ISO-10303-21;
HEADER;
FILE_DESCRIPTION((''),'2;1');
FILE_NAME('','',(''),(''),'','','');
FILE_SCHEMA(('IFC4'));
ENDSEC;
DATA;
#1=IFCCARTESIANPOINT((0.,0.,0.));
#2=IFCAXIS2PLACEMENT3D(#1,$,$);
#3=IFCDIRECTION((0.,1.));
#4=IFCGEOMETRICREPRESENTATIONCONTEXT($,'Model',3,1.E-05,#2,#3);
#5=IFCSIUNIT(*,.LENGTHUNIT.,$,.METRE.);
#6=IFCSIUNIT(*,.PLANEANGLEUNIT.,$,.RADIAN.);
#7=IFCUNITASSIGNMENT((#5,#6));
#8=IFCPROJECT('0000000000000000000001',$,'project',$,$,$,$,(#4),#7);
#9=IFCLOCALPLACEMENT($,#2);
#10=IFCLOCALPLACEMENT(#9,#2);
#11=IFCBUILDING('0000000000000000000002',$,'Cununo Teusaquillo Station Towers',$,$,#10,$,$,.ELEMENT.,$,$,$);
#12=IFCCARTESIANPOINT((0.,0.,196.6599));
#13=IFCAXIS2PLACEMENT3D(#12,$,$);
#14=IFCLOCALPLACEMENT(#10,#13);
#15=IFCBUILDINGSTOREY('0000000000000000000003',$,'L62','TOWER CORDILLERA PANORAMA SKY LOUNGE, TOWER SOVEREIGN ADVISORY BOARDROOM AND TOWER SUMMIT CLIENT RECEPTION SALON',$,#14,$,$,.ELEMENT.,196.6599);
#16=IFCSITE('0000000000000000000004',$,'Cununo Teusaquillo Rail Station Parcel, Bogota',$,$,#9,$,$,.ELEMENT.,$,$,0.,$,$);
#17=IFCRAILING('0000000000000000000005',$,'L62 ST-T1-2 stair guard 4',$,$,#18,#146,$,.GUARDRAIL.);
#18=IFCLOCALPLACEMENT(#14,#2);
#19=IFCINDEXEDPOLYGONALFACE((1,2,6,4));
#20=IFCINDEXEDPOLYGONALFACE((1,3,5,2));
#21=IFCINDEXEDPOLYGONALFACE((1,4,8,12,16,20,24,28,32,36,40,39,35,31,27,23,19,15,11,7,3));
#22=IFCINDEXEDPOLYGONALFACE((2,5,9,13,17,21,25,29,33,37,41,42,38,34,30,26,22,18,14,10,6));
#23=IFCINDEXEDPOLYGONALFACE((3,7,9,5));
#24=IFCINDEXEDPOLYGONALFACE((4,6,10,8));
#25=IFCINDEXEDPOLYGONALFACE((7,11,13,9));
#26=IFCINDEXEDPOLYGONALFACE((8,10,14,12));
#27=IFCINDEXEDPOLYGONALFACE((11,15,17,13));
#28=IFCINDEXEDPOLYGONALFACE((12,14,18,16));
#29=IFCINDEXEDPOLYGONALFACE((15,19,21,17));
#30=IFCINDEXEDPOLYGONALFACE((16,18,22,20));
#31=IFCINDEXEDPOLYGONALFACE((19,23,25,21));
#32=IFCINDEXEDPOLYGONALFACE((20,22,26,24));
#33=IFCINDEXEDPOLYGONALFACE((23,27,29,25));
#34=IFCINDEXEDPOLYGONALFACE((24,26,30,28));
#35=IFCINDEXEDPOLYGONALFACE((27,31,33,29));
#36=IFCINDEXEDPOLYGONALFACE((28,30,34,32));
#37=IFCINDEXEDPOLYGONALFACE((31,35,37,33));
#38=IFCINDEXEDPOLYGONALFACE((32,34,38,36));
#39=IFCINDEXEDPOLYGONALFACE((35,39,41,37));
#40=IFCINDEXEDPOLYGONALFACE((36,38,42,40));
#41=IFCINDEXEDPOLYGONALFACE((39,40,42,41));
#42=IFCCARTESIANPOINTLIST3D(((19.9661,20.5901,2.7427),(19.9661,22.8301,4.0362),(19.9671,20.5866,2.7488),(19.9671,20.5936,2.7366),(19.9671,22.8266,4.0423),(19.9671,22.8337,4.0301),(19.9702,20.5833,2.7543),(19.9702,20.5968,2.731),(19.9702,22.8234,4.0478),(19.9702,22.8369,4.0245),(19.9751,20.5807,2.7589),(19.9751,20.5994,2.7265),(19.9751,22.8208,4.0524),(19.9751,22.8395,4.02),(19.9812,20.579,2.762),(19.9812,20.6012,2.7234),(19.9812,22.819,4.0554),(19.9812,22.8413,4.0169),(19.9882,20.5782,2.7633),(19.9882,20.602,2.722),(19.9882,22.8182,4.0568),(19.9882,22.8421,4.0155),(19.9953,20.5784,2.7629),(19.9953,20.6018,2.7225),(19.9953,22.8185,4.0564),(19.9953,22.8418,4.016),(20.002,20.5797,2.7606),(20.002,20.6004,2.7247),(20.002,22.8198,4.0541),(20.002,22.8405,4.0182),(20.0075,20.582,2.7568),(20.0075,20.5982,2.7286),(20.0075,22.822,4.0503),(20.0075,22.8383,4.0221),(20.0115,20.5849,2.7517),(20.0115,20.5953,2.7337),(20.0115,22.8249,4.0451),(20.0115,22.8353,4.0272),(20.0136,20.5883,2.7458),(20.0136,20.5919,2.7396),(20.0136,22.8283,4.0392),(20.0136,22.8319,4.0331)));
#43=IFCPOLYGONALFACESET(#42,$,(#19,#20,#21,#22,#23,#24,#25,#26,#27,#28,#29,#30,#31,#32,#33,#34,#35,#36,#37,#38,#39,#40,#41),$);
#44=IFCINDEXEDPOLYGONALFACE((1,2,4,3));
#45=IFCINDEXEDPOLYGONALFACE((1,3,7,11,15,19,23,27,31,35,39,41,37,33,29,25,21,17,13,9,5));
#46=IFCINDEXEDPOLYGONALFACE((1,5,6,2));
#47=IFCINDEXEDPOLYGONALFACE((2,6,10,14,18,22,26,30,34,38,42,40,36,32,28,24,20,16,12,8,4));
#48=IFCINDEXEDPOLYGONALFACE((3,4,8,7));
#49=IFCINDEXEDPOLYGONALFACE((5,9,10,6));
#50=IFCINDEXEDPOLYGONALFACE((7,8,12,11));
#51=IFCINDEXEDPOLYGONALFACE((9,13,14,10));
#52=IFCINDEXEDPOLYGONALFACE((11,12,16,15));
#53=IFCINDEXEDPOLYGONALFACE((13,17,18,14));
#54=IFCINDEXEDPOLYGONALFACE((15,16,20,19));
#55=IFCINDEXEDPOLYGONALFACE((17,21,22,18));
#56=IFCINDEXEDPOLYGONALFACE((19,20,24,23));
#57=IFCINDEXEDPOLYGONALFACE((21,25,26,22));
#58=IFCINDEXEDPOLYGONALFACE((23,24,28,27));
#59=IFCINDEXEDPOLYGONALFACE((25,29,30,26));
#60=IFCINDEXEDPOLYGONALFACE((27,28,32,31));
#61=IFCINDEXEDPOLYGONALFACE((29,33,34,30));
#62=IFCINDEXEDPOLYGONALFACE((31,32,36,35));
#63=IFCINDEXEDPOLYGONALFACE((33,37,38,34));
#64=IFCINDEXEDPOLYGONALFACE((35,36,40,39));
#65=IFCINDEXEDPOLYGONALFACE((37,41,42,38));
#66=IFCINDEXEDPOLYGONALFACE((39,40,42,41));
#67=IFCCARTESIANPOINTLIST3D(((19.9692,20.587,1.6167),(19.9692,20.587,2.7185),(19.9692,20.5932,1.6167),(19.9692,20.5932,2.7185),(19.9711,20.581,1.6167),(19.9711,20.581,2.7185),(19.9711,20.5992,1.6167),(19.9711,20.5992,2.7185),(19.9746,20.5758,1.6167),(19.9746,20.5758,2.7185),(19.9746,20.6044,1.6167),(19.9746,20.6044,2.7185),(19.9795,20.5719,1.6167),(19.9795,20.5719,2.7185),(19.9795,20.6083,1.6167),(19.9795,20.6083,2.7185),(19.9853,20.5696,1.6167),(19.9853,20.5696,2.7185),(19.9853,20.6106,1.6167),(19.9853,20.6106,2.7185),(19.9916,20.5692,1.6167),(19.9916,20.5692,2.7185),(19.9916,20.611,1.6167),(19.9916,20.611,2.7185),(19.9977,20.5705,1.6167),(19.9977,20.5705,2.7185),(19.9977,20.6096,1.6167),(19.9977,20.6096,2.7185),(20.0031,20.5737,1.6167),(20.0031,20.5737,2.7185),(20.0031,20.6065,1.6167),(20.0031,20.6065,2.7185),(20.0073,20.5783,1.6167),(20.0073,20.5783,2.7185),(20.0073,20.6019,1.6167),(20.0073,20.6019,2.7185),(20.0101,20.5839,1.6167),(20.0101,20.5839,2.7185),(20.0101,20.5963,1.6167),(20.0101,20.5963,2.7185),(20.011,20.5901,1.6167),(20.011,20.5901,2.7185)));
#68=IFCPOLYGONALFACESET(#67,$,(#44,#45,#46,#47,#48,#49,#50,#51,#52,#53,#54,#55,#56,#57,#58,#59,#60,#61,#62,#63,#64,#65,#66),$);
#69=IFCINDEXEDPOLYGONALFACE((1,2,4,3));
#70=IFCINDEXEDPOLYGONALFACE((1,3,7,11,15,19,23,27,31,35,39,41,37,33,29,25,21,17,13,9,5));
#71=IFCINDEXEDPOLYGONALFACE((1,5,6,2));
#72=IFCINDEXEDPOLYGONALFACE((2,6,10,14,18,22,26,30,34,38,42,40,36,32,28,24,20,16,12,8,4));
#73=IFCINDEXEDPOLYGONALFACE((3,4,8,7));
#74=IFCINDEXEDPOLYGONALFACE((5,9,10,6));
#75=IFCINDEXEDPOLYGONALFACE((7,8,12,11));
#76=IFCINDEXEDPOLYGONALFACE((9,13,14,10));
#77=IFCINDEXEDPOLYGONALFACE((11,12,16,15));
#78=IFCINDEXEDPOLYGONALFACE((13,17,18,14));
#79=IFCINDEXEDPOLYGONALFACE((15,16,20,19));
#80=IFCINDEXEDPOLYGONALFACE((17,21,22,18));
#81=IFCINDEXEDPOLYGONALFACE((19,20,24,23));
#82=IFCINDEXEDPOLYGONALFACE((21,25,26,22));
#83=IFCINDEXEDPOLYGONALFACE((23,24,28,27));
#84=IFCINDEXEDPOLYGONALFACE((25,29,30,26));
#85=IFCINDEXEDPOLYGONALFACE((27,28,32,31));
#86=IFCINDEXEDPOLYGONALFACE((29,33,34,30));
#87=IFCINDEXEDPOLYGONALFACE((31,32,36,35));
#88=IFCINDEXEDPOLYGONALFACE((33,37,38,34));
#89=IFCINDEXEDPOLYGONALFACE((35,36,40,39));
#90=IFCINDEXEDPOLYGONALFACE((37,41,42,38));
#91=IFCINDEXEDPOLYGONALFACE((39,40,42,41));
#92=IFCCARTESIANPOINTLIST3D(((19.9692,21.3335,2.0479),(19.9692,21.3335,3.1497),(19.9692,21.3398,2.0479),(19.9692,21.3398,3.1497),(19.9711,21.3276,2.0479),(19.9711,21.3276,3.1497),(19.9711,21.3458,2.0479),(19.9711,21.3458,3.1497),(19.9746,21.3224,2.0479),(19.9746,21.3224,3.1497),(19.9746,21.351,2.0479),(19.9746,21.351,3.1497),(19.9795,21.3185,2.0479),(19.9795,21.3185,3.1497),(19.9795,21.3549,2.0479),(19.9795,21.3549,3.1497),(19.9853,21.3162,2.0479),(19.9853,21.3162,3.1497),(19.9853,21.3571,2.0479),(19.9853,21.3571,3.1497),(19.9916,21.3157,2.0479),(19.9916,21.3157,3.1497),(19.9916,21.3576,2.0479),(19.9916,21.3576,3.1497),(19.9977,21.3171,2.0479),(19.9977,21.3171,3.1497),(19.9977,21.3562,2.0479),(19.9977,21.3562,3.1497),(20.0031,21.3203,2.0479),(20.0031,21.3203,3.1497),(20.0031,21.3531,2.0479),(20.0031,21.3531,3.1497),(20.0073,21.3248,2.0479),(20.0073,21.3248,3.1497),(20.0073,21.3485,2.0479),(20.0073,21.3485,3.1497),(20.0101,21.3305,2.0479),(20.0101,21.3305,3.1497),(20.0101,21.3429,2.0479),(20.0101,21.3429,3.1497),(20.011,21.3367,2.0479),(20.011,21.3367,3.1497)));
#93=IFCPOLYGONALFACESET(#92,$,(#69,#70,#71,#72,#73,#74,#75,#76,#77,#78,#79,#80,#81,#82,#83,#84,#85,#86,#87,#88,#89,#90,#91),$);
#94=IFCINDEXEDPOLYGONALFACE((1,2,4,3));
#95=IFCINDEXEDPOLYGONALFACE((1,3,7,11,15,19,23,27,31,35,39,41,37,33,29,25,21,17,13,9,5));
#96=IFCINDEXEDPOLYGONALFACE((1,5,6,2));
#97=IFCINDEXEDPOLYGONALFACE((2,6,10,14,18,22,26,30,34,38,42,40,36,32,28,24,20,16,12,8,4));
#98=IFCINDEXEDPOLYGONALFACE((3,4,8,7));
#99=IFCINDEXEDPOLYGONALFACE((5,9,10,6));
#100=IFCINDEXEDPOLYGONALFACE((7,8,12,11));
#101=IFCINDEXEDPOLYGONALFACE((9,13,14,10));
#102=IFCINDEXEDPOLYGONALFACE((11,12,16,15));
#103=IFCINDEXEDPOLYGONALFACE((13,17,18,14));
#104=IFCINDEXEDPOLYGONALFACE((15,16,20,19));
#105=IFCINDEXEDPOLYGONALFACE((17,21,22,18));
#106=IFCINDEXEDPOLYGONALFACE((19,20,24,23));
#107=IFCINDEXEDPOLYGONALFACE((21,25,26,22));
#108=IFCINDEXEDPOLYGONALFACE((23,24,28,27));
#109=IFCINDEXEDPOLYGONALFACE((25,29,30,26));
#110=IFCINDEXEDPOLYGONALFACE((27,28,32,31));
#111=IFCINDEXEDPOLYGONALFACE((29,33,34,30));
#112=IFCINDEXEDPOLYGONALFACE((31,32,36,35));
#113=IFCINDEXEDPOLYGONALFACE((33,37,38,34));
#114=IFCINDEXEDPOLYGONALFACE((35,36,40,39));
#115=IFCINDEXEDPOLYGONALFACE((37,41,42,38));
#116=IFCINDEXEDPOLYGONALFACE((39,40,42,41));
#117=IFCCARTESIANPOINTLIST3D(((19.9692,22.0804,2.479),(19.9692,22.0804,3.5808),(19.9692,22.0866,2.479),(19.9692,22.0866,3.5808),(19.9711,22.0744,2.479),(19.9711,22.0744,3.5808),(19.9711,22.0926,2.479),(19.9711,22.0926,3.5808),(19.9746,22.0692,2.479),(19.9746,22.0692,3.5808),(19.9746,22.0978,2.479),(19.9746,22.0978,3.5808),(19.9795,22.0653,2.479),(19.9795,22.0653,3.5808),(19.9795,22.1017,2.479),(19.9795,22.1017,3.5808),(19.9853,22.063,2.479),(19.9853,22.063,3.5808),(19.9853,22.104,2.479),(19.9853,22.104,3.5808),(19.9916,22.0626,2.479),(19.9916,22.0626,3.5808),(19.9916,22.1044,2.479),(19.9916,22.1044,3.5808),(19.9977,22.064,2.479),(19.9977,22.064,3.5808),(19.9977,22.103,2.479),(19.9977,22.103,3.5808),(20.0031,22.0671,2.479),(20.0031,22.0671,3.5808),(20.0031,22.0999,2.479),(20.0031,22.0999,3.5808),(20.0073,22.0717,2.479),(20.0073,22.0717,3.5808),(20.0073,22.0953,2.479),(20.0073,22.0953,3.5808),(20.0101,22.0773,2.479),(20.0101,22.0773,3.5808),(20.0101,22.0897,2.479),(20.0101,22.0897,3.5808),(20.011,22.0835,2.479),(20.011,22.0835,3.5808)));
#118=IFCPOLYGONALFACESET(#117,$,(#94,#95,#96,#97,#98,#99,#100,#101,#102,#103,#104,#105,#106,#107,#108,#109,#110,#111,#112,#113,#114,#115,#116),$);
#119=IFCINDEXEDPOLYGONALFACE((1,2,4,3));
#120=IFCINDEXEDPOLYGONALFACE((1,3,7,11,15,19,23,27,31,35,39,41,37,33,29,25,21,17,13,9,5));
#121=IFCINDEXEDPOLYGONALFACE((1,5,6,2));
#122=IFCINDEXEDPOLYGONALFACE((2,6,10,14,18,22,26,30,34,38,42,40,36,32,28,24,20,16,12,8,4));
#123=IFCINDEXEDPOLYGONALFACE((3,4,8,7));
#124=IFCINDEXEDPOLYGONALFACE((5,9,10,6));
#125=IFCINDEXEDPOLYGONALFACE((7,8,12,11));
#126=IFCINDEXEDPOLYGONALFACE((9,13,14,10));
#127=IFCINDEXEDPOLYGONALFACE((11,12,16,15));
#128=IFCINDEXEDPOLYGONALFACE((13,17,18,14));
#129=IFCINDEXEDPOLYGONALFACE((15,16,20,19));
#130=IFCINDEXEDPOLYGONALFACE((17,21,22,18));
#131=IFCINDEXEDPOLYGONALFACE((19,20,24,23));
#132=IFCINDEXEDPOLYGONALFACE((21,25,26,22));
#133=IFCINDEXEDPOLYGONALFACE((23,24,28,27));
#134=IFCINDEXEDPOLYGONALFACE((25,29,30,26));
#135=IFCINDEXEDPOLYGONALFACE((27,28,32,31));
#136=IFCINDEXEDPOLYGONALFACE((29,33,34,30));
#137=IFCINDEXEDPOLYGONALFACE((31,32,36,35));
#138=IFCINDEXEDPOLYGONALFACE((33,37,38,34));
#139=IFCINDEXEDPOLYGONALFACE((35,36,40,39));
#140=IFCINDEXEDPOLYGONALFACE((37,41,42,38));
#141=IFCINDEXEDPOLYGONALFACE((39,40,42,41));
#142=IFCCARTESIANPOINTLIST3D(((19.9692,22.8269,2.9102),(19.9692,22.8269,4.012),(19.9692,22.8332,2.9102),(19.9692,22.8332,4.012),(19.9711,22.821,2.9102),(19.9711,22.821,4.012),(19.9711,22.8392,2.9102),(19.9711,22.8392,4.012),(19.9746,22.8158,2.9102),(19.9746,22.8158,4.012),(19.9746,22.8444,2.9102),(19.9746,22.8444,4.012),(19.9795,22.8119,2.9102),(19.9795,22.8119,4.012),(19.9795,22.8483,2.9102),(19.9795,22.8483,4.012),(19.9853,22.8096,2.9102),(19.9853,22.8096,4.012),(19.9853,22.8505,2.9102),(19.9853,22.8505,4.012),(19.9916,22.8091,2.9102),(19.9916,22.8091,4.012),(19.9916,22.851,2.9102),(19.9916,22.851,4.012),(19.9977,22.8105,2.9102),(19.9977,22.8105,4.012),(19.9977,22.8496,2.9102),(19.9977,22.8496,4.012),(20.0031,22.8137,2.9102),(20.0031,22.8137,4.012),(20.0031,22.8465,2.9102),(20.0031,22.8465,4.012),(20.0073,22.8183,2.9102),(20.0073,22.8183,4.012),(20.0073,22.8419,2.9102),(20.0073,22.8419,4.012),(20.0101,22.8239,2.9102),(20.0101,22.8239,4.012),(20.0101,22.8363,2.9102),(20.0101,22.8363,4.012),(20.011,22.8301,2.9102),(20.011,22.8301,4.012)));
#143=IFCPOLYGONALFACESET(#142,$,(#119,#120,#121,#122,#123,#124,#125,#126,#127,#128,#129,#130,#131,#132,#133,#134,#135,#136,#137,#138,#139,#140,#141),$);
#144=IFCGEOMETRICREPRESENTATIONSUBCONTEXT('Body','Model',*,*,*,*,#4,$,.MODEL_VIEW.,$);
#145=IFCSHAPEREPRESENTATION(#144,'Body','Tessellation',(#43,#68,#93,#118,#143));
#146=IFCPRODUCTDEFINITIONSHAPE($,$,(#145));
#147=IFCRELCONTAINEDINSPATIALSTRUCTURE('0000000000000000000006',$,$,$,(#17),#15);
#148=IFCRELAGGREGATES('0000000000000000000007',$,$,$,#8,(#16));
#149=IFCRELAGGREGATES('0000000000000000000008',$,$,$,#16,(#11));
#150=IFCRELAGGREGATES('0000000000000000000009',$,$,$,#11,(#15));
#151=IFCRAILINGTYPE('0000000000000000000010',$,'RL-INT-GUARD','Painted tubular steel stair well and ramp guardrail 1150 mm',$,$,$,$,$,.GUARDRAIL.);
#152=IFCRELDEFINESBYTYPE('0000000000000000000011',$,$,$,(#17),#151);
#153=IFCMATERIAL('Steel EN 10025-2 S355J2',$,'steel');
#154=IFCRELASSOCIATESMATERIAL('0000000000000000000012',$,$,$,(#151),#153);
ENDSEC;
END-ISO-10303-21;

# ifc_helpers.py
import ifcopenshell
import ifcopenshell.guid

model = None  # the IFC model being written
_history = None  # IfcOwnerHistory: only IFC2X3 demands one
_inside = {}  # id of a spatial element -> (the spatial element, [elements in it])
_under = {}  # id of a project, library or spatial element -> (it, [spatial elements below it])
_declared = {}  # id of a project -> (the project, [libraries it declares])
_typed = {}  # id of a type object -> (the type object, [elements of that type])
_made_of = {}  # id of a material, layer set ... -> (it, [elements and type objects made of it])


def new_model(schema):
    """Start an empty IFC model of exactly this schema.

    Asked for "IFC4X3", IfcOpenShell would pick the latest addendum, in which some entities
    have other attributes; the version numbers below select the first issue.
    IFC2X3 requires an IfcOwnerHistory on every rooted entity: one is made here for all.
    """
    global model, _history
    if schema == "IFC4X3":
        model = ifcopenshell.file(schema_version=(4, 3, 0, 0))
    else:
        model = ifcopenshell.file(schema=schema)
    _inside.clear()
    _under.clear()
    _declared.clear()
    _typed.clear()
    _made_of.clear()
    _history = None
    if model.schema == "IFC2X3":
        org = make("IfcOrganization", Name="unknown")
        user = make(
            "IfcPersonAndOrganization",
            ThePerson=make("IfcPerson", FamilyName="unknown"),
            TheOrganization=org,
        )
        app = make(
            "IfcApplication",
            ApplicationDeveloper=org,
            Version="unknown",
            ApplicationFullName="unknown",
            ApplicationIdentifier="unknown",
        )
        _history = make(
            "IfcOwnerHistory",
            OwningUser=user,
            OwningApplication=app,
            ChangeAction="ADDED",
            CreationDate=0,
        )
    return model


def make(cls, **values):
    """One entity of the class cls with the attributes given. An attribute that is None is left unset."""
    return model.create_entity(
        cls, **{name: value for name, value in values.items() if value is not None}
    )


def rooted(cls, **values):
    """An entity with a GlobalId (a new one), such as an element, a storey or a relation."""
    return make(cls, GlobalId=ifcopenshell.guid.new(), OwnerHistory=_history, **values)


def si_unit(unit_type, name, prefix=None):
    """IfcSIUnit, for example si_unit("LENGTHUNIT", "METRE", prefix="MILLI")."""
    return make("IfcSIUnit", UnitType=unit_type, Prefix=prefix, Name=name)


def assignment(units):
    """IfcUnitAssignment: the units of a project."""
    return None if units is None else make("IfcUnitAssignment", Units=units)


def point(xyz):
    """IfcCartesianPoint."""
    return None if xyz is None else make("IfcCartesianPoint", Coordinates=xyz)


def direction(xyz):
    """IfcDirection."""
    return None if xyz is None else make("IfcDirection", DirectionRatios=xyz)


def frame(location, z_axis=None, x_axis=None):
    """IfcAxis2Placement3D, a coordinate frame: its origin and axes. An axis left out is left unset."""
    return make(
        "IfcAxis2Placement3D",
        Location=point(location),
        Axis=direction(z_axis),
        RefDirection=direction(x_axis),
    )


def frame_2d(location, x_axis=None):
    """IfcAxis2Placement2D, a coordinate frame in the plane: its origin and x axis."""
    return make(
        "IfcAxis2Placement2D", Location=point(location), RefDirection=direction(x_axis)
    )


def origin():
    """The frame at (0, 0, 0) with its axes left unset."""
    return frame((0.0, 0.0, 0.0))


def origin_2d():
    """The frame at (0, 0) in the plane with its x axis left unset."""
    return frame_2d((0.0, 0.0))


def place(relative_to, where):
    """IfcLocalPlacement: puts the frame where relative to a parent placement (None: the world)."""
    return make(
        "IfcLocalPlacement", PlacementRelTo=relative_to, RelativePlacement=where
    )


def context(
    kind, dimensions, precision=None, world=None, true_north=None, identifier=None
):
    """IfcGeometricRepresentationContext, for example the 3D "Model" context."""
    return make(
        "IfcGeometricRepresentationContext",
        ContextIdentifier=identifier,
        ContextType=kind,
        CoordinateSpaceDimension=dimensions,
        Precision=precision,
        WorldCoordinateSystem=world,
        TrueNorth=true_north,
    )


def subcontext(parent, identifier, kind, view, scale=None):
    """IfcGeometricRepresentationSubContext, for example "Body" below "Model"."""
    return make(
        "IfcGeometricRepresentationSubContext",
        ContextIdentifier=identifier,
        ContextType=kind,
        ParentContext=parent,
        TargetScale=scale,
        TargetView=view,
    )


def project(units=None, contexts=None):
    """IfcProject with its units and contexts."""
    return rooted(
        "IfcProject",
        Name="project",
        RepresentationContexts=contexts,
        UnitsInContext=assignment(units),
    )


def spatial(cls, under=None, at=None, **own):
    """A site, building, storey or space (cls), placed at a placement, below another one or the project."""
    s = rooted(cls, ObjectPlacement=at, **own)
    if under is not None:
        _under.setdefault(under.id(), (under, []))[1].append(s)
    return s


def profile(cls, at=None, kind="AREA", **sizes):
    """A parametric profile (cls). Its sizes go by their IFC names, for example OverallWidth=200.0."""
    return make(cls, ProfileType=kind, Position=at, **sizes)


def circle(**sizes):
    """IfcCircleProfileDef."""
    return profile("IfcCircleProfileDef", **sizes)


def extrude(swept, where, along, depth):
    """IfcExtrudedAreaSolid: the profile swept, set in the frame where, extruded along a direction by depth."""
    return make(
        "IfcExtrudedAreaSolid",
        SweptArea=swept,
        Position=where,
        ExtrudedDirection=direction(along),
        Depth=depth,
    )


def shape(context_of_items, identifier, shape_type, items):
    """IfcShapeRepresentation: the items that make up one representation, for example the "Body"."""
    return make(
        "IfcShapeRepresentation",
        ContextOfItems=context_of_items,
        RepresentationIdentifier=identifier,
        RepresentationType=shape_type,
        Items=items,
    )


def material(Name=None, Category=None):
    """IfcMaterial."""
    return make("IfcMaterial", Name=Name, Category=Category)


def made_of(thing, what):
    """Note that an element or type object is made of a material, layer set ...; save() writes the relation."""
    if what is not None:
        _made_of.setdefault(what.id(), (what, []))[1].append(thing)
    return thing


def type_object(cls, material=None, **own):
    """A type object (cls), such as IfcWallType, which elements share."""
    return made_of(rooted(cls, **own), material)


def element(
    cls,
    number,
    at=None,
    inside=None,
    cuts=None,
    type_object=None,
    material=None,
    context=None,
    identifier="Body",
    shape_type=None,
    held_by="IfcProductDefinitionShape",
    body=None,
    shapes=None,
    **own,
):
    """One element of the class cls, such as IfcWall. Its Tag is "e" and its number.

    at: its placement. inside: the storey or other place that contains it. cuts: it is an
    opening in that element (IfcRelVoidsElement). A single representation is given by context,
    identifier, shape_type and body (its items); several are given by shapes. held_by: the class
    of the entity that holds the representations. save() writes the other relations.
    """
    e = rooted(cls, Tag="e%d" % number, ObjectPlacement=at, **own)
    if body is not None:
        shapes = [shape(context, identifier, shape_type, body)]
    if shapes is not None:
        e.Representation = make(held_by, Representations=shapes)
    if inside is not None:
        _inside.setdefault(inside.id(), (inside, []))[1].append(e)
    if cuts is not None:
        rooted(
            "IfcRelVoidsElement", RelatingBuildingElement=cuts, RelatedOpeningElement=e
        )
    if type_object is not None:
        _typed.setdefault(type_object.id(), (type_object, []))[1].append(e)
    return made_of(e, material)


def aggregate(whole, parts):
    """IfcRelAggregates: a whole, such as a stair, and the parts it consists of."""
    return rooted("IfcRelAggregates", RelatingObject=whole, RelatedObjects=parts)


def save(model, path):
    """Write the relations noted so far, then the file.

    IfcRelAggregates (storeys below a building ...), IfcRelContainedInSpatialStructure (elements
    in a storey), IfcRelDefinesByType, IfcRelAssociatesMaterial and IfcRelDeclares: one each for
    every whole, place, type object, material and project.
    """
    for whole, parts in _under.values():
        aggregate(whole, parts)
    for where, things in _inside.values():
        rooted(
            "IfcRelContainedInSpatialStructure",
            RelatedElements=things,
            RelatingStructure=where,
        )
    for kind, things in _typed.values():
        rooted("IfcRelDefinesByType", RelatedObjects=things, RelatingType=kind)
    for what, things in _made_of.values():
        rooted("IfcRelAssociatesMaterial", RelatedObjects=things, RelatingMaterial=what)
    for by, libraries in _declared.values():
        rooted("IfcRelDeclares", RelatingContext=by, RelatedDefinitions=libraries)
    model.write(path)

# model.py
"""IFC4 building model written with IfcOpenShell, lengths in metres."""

from ifc_helpers import new_model, si_unit, direction, frame, origin, origin_2d, place, context, subcontext, project, spatial, circle, extrude, material, type_object, element, save


model = new_model("IFC4")

# Units and contexts
model_context = context("Model", 3, precision=1e-05, world=origin(), true_north=direction((0.0, 1.0)))
body_context = subcontext(model_context, "Body", "Model", "MODEL_VIEW")
ifc_project = project(units=[si_unit("LENGTHUNIT", "METRE"), si_unit("PLANEANGLEUNIT", "RADIAN")], contexts=[model_context])

# Site, building, storey
site_placement = place(None, origin())
site = spatial("IfcSite", under=ifc_project, at=site_placement, Name="Cununo Teusaquillo Rail Station Parcel, Bogota", CompositionType="ELEMENT", RefElevation=0.0)
building_placement = place(site_placement, origin())
building = spatial("IfcBuilding", under=site, at=building_placement, Name="Cununo Teusaquillo Station Towers", CompositionType="ELEMENT")
storey_placement = place(building_placement, frame((0.0, 0.0, 196.6599)))
storey = spatial("IfcBuildingStorey", under=building, at=storey_placement, Name="L62", Description="TOWER CORDILLERA PANORAMA SKY LOUNGE, TOWER SOVEREIGN ADVISORY BOARDROOM AND TOWER SUMMIT CLIENT RECEPTION SALON", CompositionType="ELEMENT", Elevation=196.6599)

# Railing
ifc_material_1 = material(Name="Steel EN 10025-2 S355J2", Category="steel")
railing_type_1 = type_object("IfcRailingType", Name="RL-INT-GUARD", Description="Painted tubular steel stair well and ramp guardrail 1150 mm", PredefinedType="GUARDRAIL", material=ifc_material_1)
railing_1_placement = place(storey_placement, frame((19.99, 20.5901, 1.6167)))
element("IfcRailing", 1, at=railing_1_placement, inside=storey, type_object=railing_type_1, Name="L62 ST-T1-2 stair guard 4", PredefinedType="GUARDRAIL", context=body_context, shape_type="SweptSolid", body=[
    extrude(circle(Radius=0.0239, at=origin_2d()), frame((0.0, 0.0, 1.126), z_axis=(0.0, 0.865992, 0.500057), x_axis=(-1.0, 0.0, 0.0)), (0.0, 0.0, 1.0), 2.5867),
    extrude(circle(Radius=0.021, at=origin_2d()), origin(), (0.0, 0.0, 1.0), 1.1018),
    extrude(circle(Radius=0.021, at=origin_2d()), frame((0.0, 0.7466, 0.4312)), (0.0, 0.0, 1.0), 1.1018),
    extrude(circle(Radius=0.021, at=origin_2d()), frame((0.0, 1.4934, 0.8623)), (0.0, 0.0, 1.0), 1.1018),
    extrude(circle(Radius=0.021, at=origin_2d()), frame((0.0, 2.24, 1.2935)), (0.0, 0.0, 1.0), 1.1018),
])

save(model, "model.ifc")
